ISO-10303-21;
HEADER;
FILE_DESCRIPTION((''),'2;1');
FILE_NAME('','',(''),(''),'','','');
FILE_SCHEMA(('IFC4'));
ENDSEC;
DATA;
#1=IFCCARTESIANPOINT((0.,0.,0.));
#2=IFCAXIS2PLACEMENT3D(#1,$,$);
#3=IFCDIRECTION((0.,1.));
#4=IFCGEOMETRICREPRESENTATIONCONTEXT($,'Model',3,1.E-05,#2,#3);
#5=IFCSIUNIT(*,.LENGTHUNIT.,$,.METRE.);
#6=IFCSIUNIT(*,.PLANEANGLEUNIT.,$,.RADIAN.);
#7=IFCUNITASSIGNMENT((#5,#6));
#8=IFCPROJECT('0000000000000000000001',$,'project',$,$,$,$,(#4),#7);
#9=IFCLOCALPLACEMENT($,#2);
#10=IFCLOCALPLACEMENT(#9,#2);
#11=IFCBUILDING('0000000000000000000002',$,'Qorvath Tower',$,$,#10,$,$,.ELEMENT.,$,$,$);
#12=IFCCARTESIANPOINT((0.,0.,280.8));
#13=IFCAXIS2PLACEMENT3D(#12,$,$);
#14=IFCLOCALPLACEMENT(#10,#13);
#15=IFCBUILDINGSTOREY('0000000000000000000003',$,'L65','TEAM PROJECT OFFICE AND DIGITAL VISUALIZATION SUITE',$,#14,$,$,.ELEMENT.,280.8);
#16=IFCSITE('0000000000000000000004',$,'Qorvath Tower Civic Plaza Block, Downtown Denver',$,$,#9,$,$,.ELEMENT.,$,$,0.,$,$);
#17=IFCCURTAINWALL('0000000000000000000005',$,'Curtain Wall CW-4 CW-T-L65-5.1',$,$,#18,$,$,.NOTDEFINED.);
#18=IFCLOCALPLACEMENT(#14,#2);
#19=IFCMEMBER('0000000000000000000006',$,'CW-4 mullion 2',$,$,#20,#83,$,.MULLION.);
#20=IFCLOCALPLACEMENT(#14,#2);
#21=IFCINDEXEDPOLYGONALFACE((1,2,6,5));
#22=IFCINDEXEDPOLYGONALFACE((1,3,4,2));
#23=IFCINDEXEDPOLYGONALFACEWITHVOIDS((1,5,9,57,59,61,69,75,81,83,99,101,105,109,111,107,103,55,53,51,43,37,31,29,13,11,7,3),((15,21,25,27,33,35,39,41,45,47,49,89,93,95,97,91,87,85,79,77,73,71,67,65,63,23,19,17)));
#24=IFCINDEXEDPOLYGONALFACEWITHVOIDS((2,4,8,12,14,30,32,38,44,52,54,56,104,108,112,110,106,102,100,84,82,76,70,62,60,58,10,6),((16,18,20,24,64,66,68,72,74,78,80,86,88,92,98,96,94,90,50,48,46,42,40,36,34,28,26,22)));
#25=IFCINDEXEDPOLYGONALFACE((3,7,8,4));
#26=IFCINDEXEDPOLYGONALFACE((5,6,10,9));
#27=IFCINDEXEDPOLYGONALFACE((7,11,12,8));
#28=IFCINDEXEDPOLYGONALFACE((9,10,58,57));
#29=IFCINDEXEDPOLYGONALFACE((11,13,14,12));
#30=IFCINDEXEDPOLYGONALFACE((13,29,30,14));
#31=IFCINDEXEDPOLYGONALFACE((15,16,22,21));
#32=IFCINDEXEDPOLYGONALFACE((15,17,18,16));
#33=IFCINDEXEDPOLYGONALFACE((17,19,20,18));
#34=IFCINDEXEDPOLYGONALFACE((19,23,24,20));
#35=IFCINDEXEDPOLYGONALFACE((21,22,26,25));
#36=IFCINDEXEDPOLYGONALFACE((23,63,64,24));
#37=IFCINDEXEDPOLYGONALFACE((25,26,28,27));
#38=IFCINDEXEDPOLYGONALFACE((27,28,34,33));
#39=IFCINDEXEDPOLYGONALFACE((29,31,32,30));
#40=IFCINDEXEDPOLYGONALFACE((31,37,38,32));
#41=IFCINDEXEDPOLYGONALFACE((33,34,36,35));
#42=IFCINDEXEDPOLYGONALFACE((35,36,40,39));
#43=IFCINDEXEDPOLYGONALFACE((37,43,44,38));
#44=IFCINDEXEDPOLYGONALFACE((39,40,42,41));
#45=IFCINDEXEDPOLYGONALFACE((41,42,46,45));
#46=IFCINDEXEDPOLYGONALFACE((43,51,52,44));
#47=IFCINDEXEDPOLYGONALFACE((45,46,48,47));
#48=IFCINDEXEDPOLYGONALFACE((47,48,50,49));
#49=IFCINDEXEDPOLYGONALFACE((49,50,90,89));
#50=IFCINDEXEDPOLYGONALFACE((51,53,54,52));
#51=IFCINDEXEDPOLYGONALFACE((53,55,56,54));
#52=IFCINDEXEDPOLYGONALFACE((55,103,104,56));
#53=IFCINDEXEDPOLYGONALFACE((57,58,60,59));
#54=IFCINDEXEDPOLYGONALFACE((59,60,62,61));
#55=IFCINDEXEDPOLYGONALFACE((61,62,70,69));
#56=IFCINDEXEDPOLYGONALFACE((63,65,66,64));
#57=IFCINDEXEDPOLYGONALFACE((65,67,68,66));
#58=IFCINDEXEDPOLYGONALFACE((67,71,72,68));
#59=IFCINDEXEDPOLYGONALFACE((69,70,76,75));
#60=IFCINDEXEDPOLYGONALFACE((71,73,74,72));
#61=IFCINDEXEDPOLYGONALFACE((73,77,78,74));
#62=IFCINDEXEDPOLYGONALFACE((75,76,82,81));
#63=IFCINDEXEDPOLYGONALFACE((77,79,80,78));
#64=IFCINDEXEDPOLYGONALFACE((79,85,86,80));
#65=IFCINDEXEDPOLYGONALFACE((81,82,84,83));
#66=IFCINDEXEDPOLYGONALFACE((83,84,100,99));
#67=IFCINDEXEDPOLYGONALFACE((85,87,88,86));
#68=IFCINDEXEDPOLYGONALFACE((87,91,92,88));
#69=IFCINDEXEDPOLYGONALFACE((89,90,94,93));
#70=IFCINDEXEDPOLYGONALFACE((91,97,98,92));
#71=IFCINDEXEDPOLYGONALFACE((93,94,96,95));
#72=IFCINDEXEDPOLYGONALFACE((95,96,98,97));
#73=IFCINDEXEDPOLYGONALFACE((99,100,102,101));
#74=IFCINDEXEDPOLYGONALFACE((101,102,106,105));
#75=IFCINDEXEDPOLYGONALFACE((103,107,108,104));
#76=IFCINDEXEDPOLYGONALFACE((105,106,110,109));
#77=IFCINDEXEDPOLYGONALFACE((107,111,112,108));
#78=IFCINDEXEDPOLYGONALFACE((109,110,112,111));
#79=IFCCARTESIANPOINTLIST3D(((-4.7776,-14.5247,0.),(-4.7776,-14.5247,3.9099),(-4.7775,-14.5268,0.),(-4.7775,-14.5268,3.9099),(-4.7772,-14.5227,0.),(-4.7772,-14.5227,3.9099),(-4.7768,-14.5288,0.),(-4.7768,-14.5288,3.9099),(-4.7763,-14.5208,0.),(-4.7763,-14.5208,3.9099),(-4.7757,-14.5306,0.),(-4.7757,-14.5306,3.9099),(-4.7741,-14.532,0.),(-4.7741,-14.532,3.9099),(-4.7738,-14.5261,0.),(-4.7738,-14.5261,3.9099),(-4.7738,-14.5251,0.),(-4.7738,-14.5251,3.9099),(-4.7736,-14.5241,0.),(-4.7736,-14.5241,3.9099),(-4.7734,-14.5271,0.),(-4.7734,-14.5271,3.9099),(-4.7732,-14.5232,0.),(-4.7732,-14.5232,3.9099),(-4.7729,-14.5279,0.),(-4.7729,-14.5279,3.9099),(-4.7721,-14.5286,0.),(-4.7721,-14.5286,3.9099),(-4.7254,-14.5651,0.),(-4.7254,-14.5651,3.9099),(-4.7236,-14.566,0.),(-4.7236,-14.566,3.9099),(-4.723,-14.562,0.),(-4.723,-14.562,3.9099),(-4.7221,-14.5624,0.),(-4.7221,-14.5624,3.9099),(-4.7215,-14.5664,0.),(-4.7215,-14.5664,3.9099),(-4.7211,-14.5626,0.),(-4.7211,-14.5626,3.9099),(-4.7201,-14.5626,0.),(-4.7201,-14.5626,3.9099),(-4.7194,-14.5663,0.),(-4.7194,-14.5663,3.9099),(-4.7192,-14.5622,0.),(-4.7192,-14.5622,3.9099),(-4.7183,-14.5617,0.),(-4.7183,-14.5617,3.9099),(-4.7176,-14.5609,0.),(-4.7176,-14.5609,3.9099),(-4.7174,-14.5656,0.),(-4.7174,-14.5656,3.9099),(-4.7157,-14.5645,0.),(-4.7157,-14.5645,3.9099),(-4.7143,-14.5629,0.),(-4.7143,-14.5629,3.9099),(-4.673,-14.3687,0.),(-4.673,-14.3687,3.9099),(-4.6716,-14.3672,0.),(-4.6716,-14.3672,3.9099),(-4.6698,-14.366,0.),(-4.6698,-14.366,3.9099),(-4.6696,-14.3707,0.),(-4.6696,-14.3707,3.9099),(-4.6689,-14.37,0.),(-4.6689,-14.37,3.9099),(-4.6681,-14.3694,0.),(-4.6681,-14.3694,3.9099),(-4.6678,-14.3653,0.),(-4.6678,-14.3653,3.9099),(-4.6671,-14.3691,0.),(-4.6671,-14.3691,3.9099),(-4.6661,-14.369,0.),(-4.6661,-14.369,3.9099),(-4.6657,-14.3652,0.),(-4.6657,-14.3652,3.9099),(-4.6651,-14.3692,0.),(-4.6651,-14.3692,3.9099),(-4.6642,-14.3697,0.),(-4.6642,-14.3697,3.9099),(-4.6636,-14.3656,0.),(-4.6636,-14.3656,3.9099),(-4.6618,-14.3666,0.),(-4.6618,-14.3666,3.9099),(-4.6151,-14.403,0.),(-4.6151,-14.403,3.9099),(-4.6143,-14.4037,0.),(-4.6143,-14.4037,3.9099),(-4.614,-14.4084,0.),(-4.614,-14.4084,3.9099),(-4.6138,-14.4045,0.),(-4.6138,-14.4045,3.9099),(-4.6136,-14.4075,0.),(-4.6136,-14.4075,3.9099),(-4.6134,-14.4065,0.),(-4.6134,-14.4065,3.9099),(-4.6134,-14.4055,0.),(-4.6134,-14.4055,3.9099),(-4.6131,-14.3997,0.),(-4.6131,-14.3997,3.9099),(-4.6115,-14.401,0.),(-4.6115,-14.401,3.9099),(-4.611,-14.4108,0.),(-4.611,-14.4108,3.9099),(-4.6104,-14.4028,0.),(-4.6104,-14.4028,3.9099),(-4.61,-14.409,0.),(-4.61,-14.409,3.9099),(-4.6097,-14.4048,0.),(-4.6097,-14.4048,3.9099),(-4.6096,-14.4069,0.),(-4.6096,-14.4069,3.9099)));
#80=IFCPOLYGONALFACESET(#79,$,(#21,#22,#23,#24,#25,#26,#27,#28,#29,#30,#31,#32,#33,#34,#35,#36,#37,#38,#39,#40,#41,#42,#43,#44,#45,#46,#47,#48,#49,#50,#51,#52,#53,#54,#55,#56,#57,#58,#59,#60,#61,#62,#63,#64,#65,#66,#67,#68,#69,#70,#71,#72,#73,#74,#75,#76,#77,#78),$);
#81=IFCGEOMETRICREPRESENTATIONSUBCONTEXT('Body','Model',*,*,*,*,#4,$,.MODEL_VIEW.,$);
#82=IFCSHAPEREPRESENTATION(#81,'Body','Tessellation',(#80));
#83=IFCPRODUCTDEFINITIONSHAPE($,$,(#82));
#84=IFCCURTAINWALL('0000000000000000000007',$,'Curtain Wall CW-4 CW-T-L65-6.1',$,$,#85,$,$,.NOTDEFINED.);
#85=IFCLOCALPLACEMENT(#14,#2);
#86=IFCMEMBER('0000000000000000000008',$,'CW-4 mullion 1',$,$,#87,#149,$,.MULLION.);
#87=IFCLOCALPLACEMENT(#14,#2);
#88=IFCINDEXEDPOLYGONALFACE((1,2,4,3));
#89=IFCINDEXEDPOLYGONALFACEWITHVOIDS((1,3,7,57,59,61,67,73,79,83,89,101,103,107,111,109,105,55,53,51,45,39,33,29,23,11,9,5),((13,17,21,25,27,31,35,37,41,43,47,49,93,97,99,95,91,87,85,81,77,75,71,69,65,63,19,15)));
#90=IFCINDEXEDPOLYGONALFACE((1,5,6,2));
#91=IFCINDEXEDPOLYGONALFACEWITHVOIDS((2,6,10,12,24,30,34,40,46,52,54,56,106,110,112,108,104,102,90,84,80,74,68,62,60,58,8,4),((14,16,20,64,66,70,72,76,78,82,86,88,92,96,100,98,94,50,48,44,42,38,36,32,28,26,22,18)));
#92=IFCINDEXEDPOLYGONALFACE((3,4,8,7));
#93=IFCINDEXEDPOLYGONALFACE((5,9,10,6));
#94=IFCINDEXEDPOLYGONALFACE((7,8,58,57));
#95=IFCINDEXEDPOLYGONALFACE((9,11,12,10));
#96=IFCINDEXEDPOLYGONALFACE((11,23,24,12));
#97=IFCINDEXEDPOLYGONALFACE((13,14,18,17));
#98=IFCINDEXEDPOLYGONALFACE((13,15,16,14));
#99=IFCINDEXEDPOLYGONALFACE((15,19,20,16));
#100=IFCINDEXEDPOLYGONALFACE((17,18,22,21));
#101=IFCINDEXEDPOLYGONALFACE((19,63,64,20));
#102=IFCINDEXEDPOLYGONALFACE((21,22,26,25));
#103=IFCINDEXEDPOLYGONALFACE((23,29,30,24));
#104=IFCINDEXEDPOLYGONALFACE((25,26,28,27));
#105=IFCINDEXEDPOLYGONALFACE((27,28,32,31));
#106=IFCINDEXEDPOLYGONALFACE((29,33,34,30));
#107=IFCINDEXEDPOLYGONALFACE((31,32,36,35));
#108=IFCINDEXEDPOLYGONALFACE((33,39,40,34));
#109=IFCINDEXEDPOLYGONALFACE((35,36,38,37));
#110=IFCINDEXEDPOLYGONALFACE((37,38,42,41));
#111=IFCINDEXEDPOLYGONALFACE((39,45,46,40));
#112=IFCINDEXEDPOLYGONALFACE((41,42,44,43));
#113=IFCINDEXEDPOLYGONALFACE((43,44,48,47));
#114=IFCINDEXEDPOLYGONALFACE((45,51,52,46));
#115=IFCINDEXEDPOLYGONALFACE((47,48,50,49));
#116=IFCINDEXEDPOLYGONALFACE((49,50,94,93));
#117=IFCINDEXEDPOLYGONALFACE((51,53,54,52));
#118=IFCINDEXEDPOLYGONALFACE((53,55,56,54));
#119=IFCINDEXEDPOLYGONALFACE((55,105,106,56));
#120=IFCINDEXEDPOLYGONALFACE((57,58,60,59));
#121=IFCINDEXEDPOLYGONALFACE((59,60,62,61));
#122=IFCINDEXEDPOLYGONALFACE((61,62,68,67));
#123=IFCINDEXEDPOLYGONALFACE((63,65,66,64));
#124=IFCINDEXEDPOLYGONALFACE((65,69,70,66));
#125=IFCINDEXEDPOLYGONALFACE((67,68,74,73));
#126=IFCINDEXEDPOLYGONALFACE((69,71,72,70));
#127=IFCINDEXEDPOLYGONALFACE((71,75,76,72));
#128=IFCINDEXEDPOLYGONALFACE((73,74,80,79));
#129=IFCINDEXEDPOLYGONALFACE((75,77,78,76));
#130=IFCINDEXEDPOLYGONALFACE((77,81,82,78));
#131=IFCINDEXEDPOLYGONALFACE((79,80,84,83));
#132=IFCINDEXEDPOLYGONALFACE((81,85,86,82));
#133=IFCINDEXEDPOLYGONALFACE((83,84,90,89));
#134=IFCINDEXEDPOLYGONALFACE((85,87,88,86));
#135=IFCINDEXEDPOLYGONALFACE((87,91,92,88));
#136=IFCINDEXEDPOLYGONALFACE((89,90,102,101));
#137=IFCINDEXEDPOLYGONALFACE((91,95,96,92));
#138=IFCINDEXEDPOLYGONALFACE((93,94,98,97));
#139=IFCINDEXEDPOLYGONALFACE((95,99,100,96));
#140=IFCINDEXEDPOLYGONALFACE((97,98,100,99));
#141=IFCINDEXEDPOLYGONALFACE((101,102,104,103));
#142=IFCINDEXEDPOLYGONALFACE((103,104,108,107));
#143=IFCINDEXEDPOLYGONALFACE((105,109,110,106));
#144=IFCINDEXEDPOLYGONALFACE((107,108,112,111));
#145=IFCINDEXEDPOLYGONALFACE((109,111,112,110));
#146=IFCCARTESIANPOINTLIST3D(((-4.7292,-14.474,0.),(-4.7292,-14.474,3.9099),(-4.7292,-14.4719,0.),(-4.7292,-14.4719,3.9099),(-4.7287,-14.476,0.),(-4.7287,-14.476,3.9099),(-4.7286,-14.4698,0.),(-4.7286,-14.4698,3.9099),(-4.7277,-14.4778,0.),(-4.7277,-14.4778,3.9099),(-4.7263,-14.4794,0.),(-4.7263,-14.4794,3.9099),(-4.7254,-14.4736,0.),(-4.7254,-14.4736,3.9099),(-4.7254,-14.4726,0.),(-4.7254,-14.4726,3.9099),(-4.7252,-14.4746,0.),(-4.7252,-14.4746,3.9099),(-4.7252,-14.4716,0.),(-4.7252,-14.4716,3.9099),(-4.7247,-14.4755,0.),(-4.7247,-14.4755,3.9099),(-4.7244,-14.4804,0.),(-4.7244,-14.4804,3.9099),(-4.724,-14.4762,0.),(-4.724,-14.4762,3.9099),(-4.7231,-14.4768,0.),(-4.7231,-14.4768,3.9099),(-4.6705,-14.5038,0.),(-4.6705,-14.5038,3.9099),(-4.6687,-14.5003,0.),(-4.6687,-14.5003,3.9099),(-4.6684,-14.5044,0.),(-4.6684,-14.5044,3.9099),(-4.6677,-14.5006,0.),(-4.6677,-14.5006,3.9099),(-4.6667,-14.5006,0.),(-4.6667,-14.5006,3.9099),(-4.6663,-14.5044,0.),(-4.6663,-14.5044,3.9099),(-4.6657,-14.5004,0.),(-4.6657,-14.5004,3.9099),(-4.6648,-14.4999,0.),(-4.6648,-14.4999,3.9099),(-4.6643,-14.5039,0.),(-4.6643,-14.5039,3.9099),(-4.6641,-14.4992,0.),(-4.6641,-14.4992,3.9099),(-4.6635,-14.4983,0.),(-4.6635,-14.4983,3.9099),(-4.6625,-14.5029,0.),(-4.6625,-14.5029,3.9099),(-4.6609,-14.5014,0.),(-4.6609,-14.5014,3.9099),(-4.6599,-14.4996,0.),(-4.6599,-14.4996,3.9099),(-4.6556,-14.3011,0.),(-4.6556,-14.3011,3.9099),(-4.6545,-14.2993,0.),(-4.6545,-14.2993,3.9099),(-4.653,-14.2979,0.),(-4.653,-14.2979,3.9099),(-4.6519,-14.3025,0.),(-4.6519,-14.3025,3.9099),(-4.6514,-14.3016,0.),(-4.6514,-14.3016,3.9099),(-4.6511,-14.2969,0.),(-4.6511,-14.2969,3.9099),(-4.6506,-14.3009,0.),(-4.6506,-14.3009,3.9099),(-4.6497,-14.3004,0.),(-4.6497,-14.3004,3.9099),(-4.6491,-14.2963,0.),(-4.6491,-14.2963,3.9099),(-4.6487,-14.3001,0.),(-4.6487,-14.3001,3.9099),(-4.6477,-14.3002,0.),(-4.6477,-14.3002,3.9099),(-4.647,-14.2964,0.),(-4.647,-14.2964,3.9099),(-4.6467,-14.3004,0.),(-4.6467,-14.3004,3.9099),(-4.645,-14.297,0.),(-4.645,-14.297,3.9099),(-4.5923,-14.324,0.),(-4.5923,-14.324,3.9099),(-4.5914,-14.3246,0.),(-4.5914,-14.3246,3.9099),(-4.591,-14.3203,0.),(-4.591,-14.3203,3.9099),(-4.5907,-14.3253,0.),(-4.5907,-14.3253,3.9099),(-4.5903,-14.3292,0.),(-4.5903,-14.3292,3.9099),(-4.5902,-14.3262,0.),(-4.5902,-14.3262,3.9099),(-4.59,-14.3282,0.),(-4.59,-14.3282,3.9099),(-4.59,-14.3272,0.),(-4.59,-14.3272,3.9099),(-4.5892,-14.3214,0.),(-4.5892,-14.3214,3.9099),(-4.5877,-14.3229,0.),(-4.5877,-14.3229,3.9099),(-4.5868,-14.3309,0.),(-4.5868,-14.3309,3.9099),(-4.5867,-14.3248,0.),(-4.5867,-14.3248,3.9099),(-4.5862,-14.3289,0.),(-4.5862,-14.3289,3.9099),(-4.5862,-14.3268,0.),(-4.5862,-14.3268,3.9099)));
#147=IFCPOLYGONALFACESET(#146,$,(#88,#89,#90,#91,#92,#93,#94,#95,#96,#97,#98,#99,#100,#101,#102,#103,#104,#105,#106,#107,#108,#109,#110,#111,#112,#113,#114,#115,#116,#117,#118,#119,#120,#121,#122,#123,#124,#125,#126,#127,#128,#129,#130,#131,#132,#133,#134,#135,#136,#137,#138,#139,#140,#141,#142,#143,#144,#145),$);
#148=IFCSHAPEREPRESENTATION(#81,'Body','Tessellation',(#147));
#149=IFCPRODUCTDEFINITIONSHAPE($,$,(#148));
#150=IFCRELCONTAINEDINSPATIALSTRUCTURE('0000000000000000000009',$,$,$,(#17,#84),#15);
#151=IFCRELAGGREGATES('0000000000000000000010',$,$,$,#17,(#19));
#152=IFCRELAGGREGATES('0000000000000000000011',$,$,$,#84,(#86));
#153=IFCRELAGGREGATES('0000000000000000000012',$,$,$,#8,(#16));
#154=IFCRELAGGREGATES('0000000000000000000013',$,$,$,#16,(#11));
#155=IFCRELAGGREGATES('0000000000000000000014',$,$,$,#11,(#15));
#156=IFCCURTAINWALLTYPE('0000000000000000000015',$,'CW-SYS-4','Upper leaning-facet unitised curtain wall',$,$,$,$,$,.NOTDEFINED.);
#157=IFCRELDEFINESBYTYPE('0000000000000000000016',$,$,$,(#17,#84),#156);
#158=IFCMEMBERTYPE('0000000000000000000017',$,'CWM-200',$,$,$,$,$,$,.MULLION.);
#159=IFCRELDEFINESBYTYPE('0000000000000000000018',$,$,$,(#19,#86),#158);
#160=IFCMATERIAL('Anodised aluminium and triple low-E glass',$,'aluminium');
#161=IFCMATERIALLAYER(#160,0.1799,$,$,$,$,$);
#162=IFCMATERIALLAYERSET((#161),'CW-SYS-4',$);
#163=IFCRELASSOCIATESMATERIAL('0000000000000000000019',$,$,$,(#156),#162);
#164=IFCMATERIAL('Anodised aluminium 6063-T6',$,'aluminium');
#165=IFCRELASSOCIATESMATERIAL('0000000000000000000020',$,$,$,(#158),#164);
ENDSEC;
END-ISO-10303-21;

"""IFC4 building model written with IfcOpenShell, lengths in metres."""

from ifc_helpers import new_model, si_unit, direction, frame, origin, origin_2d, place, context, subcontext, project, spatial, hollow_rectangle, extrude, material, layer, layer_set, material_profile, profile_set, type_object, element, aggregate, save


model = new_model("IFC4")

# Units and contexts
model_context = context("Model", 3, precision=1e-05, world=origin(), true_north=direction((0.0, 1.0)))
body_context = subcontext(model_context, "Body", "Model", "MODEL_VIEW")
ifc_project = project(units=[si_unit("LENGTHUNIT", "METRE"), si_unit("PLANEANGLEUNIT", "RADIAN")], contexts=[model_context])

# Site, building, storey
site_placement = place(None, origin())
site = spatial("IfcSite", under=ifc_project, at=site_placement, Name="Qorvath Tower Civic Plaza Block, Downtown Denver", CompositionType="ELEMENT", RefElevation=0.0)
building_placement = place(site_placement, origin())
building = spatial("IfcBuilding", under=site, at=building_placement, Name="Qorvath Tower", CompositionType="ELEMENT")
storey_placement = place(building_placement, frame((0.0, 0.0, 280.8)))
storey = spatial("IfcBuildingStorey", under=building, at=storey_placement, Name="L65", Description="TEAM PROJECT OFFICE AND DIGITAL VISUALIZATION SUITE", CompositionType="ELEMENT", Elevation=280.8)

# Curtain wall, member
ifc_material_1 = material(Name="Anodised aluminium and triple low-E glass", Category="aluminium")
ifc_layer_1 = layer(ifc_material_1, 0.1799)
ifc_layer_set_1 = layer_set([ifc_layer_1], Name="CW-SYS-4")
curtain_wall_type = type_object("IfcCurtainWallType", Name="CW-SYS-4", Description="Upper leaning-facet unitised curtain wall", PredefinedType="NOTDEFINED", material=ifc_layer_set_1)
curtain_wall_1_placement = place(storey_placement, origin())
curtain_wall_1 = element("IfcCurtainWall", 1, at=curtain_wall_1_placement, inside=storey, type_object=curtain_wall_type, Name="Curtain Wall CW-4 CW-T-L65-5.1", PredefinedType="NOTDEFINED")
ifc_material_2 = material(Name="Anodised aluminium 6063-T6", Category="aluminium")
ifc_material_profile_1 = material_profile(ifc_material_2, hollow_rectangle(XDim=0.075, YDim=0.2, WallThickness=0.0039, InnerFilletRadius=0.0039, OuterFilletRadius=0.0081, at=origin_2d()), Name="CWM 200x75")
ifc_profile_set_1 = profile_set([ifc_material_profile_1], Name="Anodised aluminium 6063-T6")
member_type_1 = type_object("IfcMemberType", Name="CWM-200", PredefinedType="MULLION", material=ifc_profile_set_1)
member_1_placement = place(storey_placement, frame((-4.6936, -14.4658, 0.0), z_axis=(0.0, 0.0, 1.0), x_axis=(-0.827205, 0.5619, 0.0)))
member_1 = element("IfcMember", 2, at=member_1_placement, type_object=member_type_1, Name="CW-4 mullion 2", PredefinedType="MULLION", context=body_context, shape_type="SweptSolid", body=[
    extrude(hollow_rectangle(XDim=0.075, YDim=0.2, WallThickness=0.0039, InnerFilletRadius=0.0039, OuterFilletRadius=0.0081, at=origin_2d()), origin(), (0.0, 0.0, 1.0), 3.9099),
])
aggregate(curtain_wall_1, [member_1])

# Curtain wall, member
curtain_wall_2_placement = place(storey_placement, origin())
curtain_wall_2 = element("IfcCurtainWall", 3, at=curtain_wall_2_placement, inside=storey, type_object=curtain_wall_type, Name="Curtain Wall CW-4 CW-T-L65-6.1", PredefinedType="NOTDEFINED")
member_2_placement = place(storey_placement, frame((-4.6577, -14.4004, 0.0), z_axis=(0.0, 0.0, 1.0), x_axis=(-0.91761, 0.397482, 0.0)))
member_2 = element("IfcMember", 4, at=member_2_placement, type_object=member_type_1, Name="CW-4 mullion 1", PredefinedType="MULLION", context=body_context, shape_type="SweptSolid", body=[
    extrude(hollow_rectangle(XDim=0.075, YDim=0.2, WallThickness=0.0039, InnerFilletRadius=0.0039, OuterFilletRadius=0.0081, at=origin_2d()), origin(), (0.0, 0.0, 1.0), 3.9099),
])

aggregate(curtain_wall_2, [member_2])

save(model, "model.ifc")
